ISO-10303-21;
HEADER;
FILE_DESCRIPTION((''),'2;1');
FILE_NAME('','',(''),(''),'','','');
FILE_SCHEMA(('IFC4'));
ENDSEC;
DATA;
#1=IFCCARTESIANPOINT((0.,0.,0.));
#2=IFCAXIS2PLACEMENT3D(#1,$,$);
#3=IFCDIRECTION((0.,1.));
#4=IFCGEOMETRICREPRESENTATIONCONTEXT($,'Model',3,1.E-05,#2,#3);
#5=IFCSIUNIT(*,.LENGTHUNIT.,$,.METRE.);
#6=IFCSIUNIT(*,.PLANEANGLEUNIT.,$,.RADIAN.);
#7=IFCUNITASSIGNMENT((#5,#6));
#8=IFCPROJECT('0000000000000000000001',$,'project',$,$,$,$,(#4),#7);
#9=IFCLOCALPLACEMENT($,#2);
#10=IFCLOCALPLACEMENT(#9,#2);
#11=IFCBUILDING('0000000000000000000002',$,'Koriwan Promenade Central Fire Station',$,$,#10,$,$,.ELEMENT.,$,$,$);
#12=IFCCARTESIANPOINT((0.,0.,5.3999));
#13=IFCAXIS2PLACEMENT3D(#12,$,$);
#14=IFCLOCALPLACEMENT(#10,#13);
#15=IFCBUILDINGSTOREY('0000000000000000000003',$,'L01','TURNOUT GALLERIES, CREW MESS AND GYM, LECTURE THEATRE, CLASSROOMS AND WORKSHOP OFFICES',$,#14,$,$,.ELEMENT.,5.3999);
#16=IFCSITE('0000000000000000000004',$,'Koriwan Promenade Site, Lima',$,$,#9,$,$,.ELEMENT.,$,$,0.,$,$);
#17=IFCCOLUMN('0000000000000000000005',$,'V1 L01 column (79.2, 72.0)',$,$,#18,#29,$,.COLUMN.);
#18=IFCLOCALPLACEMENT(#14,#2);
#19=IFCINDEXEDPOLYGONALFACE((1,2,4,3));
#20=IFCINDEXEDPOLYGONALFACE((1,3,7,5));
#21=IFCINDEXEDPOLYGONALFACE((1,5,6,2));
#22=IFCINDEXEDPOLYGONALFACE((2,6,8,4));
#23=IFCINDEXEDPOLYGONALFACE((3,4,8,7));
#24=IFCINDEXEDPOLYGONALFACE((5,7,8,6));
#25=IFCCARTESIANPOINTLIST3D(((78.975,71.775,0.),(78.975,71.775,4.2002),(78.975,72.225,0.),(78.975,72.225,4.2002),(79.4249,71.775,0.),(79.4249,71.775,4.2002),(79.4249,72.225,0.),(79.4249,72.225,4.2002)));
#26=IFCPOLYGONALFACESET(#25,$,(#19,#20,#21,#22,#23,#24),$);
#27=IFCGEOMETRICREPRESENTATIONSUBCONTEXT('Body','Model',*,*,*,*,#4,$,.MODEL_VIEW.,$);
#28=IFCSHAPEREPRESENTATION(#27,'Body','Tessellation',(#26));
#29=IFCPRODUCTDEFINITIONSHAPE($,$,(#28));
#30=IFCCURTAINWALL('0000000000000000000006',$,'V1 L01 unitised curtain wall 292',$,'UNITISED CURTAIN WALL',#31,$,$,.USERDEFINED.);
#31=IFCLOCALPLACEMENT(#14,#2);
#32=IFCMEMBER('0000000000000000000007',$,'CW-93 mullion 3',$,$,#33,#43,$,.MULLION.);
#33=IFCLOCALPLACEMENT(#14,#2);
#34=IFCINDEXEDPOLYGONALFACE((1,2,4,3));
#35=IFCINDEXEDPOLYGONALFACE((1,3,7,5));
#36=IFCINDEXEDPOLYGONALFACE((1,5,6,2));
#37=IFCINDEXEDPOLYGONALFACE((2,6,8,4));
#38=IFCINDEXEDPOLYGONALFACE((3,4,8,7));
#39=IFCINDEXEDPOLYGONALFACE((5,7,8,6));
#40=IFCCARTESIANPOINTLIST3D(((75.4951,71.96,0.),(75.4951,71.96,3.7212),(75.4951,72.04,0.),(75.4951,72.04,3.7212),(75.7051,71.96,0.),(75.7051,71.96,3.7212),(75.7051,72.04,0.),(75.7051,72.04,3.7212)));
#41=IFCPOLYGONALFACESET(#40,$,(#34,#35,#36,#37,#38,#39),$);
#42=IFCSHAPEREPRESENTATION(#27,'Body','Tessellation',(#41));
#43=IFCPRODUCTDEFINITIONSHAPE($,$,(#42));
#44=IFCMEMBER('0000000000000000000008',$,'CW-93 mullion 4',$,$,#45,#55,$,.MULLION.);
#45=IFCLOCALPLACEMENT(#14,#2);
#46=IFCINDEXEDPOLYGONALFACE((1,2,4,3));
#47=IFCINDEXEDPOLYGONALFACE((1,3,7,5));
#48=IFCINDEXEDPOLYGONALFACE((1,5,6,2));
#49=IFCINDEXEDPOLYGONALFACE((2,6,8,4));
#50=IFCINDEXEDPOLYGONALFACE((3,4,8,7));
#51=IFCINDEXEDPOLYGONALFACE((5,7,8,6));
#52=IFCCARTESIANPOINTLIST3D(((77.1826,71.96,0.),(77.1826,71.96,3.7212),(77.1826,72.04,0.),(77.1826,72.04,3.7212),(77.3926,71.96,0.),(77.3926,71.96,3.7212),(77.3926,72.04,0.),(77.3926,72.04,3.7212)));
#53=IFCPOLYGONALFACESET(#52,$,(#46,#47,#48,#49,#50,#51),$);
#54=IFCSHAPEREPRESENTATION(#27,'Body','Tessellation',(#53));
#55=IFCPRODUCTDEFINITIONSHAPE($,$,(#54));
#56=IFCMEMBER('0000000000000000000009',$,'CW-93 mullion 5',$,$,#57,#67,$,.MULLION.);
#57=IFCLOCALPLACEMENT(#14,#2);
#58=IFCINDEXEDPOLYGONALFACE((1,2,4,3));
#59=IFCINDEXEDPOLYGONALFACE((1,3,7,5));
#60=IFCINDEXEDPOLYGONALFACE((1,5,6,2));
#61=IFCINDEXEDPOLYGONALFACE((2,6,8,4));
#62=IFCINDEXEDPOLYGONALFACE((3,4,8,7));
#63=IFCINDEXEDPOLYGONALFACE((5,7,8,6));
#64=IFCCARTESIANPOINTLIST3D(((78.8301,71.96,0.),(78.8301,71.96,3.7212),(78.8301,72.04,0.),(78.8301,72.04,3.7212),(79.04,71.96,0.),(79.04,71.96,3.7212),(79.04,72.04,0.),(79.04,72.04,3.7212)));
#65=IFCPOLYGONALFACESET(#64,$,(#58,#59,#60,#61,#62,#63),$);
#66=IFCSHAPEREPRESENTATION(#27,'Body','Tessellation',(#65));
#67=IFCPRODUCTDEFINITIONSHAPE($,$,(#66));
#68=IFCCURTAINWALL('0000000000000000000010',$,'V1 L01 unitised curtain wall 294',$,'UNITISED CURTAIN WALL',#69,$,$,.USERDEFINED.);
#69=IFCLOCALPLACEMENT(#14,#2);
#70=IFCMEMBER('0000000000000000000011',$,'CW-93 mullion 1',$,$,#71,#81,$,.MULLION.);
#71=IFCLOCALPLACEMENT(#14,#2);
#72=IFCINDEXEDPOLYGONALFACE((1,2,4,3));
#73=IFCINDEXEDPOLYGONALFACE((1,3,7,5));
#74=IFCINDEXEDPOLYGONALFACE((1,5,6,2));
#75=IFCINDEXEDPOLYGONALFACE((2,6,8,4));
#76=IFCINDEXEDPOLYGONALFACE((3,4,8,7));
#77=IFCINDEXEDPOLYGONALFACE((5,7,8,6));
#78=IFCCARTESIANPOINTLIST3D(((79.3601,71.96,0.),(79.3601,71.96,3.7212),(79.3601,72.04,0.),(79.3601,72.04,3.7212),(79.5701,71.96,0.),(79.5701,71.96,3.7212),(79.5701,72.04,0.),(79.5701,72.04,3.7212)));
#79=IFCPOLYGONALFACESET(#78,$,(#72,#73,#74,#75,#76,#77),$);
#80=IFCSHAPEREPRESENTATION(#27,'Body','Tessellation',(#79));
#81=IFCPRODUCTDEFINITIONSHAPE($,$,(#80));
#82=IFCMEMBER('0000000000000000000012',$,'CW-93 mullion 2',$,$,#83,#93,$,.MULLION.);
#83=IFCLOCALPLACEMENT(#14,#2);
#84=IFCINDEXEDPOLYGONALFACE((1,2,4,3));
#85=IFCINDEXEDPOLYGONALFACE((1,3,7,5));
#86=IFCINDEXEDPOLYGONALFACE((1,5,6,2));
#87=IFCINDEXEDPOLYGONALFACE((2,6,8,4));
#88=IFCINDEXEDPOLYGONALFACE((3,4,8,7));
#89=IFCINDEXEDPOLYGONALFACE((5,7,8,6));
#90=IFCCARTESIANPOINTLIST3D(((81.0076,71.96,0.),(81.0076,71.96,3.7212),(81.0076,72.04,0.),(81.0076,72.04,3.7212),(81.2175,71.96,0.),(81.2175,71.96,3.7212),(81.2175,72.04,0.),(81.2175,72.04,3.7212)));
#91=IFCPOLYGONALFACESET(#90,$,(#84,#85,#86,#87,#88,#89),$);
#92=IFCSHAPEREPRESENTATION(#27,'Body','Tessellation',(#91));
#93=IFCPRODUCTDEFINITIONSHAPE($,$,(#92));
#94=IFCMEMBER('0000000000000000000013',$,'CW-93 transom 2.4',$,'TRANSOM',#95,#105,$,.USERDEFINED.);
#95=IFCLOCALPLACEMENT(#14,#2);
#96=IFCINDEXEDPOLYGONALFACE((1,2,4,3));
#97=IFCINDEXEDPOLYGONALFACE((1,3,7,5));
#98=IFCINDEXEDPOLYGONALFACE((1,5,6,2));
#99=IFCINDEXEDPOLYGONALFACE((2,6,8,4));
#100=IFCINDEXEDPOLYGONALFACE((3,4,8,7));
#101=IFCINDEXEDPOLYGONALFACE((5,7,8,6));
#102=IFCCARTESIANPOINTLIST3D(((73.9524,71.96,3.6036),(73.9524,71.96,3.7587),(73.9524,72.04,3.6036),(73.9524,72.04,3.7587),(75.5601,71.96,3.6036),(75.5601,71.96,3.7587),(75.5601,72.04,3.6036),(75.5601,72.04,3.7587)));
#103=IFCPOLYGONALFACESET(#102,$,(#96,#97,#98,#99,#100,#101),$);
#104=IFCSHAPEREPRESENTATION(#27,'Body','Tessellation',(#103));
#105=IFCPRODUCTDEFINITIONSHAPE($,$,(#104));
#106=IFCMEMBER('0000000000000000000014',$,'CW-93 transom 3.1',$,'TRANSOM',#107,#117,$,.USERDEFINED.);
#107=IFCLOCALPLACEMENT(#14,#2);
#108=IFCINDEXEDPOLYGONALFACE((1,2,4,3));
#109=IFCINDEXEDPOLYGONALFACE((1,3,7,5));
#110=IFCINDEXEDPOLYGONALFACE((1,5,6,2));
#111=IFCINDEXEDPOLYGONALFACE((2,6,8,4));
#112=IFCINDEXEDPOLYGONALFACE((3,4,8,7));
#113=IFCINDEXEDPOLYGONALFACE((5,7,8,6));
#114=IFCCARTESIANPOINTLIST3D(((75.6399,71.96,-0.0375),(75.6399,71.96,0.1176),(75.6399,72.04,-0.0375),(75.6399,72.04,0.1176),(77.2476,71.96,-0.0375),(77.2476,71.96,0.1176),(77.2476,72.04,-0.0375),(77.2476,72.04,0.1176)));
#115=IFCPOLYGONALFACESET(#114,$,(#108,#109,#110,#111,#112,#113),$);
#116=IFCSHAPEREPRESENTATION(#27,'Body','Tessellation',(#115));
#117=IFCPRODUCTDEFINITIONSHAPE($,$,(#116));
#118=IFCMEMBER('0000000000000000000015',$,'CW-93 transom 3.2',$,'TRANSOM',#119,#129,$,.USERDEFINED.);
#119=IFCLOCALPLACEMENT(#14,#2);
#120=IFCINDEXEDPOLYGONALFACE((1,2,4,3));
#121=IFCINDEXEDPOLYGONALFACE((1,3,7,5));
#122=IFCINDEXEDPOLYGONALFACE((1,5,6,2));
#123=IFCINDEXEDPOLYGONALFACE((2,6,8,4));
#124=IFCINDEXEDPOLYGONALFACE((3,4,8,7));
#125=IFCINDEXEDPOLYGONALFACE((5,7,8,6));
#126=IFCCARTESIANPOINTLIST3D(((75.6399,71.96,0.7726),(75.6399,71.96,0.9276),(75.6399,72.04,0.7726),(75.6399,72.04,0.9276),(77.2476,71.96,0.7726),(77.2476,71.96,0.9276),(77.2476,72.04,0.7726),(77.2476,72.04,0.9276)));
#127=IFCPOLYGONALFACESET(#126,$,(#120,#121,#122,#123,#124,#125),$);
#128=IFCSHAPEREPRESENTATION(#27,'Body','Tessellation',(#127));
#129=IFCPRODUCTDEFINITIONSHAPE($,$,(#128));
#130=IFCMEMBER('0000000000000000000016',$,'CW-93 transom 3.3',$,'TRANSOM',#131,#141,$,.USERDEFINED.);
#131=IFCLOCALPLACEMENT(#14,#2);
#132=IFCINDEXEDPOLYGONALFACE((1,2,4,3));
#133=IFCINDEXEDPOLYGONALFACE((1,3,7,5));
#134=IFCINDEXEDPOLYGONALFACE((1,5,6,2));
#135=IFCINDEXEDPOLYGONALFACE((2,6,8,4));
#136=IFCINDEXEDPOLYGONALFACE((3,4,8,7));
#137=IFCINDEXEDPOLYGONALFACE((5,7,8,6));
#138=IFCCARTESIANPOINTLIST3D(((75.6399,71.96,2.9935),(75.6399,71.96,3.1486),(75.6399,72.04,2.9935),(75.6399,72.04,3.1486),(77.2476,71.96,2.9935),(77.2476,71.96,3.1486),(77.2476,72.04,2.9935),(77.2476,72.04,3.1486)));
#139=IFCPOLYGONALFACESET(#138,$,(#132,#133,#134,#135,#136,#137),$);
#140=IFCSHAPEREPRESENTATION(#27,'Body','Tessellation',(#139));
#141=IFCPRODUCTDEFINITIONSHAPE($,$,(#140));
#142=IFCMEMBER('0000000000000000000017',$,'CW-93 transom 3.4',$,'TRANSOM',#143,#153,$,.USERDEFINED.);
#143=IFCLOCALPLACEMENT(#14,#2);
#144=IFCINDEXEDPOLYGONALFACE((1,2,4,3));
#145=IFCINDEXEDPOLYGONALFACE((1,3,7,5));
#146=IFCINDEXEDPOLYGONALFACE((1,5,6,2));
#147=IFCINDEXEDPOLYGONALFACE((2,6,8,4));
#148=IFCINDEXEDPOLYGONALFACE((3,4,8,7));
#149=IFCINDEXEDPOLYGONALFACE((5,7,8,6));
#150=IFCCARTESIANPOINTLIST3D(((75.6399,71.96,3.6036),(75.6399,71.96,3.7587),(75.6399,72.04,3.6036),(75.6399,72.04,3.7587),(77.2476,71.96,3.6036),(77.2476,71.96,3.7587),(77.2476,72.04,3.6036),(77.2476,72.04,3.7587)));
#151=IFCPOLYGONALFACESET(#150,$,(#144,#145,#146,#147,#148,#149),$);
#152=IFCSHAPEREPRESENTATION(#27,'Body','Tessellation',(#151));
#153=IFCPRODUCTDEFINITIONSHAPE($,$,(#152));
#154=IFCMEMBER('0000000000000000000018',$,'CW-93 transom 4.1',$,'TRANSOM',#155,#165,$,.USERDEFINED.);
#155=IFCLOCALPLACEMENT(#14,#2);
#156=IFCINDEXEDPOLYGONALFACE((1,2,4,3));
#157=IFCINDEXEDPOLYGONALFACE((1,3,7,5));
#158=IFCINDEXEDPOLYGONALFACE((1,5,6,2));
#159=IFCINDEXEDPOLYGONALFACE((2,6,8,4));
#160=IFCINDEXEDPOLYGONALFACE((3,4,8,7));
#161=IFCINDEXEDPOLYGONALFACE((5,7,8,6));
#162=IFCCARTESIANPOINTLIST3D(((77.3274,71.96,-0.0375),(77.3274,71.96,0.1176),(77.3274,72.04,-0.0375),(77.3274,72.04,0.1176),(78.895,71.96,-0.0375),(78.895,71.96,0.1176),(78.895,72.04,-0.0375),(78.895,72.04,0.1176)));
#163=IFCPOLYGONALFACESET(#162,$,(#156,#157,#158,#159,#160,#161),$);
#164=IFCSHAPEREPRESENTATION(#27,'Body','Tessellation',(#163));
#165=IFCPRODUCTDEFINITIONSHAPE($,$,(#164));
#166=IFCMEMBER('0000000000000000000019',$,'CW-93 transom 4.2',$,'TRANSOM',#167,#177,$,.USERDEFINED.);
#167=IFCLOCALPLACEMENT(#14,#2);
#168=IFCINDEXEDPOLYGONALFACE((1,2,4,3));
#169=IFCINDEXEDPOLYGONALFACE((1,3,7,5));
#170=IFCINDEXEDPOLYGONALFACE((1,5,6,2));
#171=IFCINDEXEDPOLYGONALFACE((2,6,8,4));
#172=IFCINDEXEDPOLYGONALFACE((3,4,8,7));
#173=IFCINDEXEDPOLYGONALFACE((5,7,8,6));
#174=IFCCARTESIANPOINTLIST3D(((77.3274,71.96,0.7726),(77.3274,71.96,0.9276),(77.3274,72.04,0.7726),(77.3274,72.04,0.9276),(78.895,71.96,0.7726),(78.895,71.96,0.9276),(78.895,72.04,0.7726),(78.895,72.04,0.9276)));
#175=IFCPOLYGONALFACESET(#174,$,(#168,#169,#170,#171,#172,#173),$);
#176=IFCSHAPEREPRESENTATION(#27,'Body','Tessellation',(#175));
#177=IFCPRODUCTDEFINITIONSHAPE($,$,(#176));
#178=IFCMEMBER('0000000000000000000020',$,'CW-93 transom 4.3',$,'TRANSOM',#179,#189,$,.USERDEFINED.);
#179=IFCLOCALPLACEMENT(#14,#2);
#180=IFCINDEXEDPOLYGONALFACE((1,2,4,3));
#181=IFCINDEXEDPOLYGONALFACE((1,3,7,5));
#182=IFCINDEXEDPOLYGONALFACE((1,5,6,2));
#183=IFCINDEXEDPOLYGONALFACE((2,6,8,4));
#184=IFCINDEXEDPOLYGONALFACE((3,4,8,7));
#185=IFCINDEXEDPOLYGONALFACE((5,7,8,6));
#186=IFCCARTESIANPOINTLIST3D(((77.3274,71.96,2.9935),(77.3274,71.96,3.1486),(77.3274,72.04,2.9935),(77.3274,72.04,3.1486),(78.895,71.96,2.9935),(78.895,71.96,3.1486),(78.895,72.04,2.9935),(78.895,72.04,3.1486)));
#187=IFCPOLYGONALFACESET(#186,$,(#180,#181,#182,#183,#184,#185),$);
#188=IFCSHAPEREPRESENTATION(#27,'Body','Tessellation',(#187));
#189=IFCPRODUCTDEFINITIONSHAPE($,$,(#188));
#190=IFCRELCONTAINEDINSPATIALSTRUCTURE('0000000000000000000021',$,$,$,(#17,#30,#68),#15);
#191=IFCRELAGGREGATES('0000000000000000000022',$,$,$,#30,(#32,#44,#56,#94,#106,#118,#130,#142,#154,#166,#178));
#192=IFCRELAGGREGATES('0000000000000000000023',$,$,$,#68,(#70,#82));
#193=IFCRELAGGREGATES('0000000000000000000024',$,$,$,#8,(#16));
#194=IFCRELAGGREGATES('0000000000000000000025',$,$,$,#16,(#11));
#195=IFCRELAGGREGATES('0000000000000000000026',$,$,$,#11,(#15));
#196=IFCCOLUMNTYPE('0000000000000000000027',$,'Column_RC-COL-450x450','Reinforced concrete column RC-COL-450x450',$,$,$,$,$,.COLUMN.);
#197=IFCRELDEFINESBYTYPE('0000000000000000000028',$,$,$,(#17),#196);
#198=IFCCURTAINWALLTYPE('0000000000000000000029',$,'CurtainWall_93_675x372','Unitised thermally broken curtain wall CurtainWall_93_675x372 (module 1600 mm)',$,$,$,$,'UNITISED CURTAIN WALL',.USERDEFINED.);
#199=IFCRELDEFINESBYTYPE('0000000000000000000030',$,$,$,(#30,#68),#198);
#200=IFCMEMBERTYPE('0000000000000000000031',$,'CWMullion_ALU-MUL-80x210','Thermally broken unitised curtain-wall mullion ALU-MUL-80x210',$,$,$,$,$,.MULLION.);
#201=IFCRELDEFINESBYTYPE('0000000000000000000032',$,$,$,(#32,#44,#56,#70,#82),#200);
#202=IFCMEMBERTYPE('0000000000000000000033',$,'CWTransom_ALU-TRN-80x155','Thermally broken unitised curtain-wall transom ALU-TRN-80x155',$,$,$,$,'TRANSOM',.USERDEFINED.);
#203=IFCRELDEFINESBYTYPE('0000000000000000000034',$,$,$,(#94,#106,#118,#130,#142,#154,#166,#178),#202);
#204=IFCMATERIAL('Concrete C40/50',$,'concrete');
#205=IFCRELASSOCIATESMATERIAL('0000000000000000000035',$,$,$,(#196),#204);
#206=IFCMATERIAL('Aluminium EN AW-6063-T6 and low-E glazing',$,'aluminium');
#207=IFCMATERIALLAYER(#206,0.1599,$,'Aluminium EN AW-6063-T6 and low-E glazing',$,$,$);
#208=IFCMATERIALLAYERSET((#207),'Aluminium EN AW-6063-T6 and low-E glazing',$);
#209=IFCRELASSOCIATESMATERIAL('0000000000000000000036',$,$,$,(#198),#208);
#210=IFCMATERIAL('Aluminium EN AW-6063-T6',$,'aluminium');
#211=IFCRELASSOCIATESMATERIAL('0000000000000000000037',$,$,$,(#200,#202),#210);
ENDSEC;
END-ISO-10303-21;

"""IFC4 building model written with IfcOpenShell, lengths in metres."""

from ifc_helpers import new_model, si_unit, direction, frame, origin, origin_2d, place, context, subcontext, project, spatial, rectangle, extrude, material, layer, layer_set, material_profile, profile_set, type_object, element, aggregate, save


model = new_model("IFC4")

# Units and contexts
model_context = context("Model", 3, precision=1e-05, world=origin(), true_north=direction((0.0, 1.0)))
body_context = subcontext(model_context, "Body", "Model", "MODEL_VIEW")
ifc_project = project(units=[si_unit("LENGTHUNIT", "METRE"), si_unit("PLANEANGLEUNIT", "RADIAN")], contexts=[model_context])

# Site, building, storey
site_placement = place(None, origin())
site = spatial("IfcSite", under=ifc_project, at=site_placement, Name="Koriwan Promenade Site, Lima", CompositionType="ELEMENT", RefElevation=0.0)
building_placement = place(site_placement, origin())
building = spatial("IfcBuilding", under=site, at=building_placement, Name="Koriwan Promenade Central Fire Station", CompositionType="ELEMENT")
storey_placement = place(building_placement, frame((0.0, 0.0, 5.3999)))
storey = spatial("IfcBuildingStorey", under=building, at=storey_placement, Name="L01", Description="TURNOUT GALLERIES, CREW MESS AND GYM, LECTURE THEATRE, CLASSROOMS AND WORKSHOP OFFICES", CompositionType="ELEMENT", Elevation=5.3999)

# Column
ifc_material_1 = material(Name="Concrete C40/50", Category="concrete")
ifc_material_profile_1 = material_profile(ifc_material_1, rectangle(XDim=0.45, YDim=0.45, at=origin_2d()), Name="RC-COL-450x450")
ifc_profile_set_1 = profile_set([ifc_material_profile_1], Name="Concrete C40/50")
column_type = type_object("IfcColumnType", Name="Column_RC-COL-450x450", Description="Reinforced concrete column RC-COL-450x450", PredefinedType="COLUMN", material=ifc_profile_set_1)
column_placement = place(storey_placement, frame((79.2, 72.0, 0.0), z_axis=(0.0, 0.0, 1.0), x_axis=(1.0, 0.0, 0.0)))
element("IfcColumn", 1, at=column_placement, inside=storey, type_object=column_type, Name="V1 L01 column (79.2, 72.0)", PredefinedType="COLUMN", context=body_context, shape_type="SweptSolid", body=[
    extrude(rectangle(XDim=0.45, YDim=0.45, at=origin_2d()), origin(), (0.0, 0.0, 1.0), 4.2002),
])

# Curtain walls, members
ifc_material_2 = material(Name="Aluminium EN AW-6063-T6 and low-E glazing", Category="aluminium")
ifc_layer_1 = layer(ifc_material_2, 0.1599, Name="Aluminium EN AW-6063-T6 and low-E glazing")
ifc_layer_set_1 = layer_set([ifc_layer_1], Name="Aluminium EN AW-6063-T6 and low-E glazing")
curtain_wall_type = type_object("IfcCurtainWallType", Name="CurtainWall_93_675x372", Description="Unitised thermally broken curtain wall CurtainWall_93_675x372 (module 1600 mm)", ElementType="UNITISED CURTAIN WALL", PredefinedType="USERDEFINED", material=ifc_layer_set_1)
curtain_wall_1_placement = place(storey_placement, origin())
curtain_wall_1 = element("IfcCurtainWall", 2, at=curtain_wall_1_placement, inside=storey, type_object=curtain_wall_type, Name="V1 L01 unitised curtain wall 292", ObjectType="UNITISED CURTAIN WALL", PredefinedType="USERDEFINED")
ifc_material_3 = material(Name="Aluminium EN AW-6063-T6", Category="aluminium")
ifc_material_profile_2 = material_profile(ifc_material_3, rectangle(XDim=0.0801, YDim=0.21, at=origin_2d()), Name="ALU-MUL-80x210")
ifc_profile_set_2 = profile_set([ifc_material_profile_2], Name="Aluminium EN AW-6063-T6")
member_type_1 = type_object("IfcMemberType", Name="CWMullion_ALU-MUL-80x210", Description="Thermally broken unitised curtain-wall mullion ALU-MUL-80x210", PredefinedType="MULLION", material=ifc_profile_set_2)
member_1_placement = place(storey_placement, frame((75.6001, 72.0, 0.0), z_axis=(0.0, 0.0, 1.0), x_axis=(0.0, 1.0, 0.0)))
member_1 = element("IfcMember", 3, at=member_1_placement, type_object=member_type_1, Name="CW-93 mullion 3", PredefinedType="MULLION", context=body_context, shape_type="SweptSolid", body=[
    extrude(rectangle(XDim=0.0801, YDim=0.21, at=origin_2d()), origin(), (0.0, 0.0, 1.0), 3.7212),
])
member_2_placement = place(storey_placement, frame((77.2876, 72.0, 0.0), z_axis=(0.0, 0.0, 1.0), x_axis=(0.0, 1.0, 0.0)))
member_2 = element("IfcMember", 4, at=member_2_placement, type_object=member_type_1, Name="CW-93 mullion 4", PredefinedType="MULLION", context=body_context, shape_type="SweptSolid", body=[
    extrude(rectangle(XDim=0.0801, YDim=0.21, at=origin_2d()), origin(), (0.0, 0.0, 1.0), 3.7212),
])
member_3_placement = place(storey_placement, frame((78.9351, 72.0, 0.0), z_axis=(0.0, 0.0, 1.0), x_axis=(0.0, 1.0, 0.0)))
member_3 = element("IfcMember", 5, at=member_3_placement, type_object=member_type_1, Name="CW-93 mullion 5", PredefinedType="MULLION", context=body_context, shape_type="SweptSolid", body=[
    extrude(rectangle(XDim=0.0801, YDim=0.21, at=origin_2d()), origin(), (0.0, 0.0, 1.0), 3.7212),
])
curtain_wall_2_placement = place(storey_placement, origin())
curtain_wall_2 = element("IfcCurtainWall", 6, at=curtain_wall_2_placement, inside=storey, type_object=curtain_wall_type, Name="V1 L01 unitised curtain wall 294", ObjectType="UNITISED CURTAIN WALL", PredefinedType="USERDEFINED")
member_4_placement = place(storey_placement, frame((79.4651, 72.0, 0.0), z_axis=(0.0, 0.0, 1.0), x_axis=(0.0, 1.0, 0.0)))
member_4 = element("IfcMember", 7, at=member_4_placement, type_object=member_type_1, Name="CW-93 mullion 1", PredefinedType="MULLION", context=body_context, shape_type="SweptSolid", body=[
    extrude(rectangle(XDim=0.0801, YDim=0.21, at=origin_2d()), origin(), (0.0, 0.0, 1.0), 3.7212),
])
member_5_placement = place(storey_placement, frame((81.1125, 72.0, 0.0), z_axis=(0.0, 0.0, 1.0), x_axis=(0.0, 1.0, 0.0)))
member_5 = element("IfcMember", 8, at=member_5_placement, type_object=member_type_1, Name="CW-93 mullion 2", PredefinedType="MULLION", context=body_context, shape_type="SweptSolid", body=[
    extrude(rectangle(XDim=0.0801, YDim=0.21, at=origin_2d()), origin(), (0.0, 0.0, 1.0), 3.7212),
])

# Members
ifc_material_profile_3 = material_profile(ifc_material_3, rectangle(XDim=0.0801, YDim=0.155, at=origin_2d()), Name="ALU-TRN-80x155")
ifc_profile_set_3 = profile_set([ifc_material_profile_3], Name="Aluminium EN AW-6063-T6")
member_type_2 = type_object("IfcMemberType", Name="CWTransom_ALU-TRN-80x155", Description="Thermally broken unitised curtain-wall transom ALU-TRN-80x155", ElementType="TRANSOM", PredefinedType="USERDEFINED", material=ifc_profile_set_3)
member_6_placement = place(storey_placement, frame((73.9524, 72.0, 3.6812), z_axis=(1.0, 0.0, 0.0), x_axis=(0.0, 1.0, 0.0)))
member_6 = element("IfcMember", 9, at=member_6_placement, type_object=member_type_2, Name="CW-93 transom 2.4", ObjectType="TRANSOM", PredefinedType="USERDEFINED", context=body_context, shape_type="SweptSolid", body=[
    extrude(rectangle(XDim=0.0801, YDim=0.155, at=origin_2d()), origin(), (0.0, 0.0, 1.0), 1.6077),
])
member_7_placement = place(storey_placement, frame((75.6399, 72.0, 0.04), z_axis=(1.0, 0.0, 0.0), x_axis=(0.0, 1.0, 0.0)))
member_7 = element("IfcMember", 10, at=member_7_placement, type_object=member_type_2, Name="CW-93 transom 3.1", ObjectType="TRANSOM", PredefinedType="USERDEFINED", context=body_context, shape_type="SweptSolid", body=[
    extrude(rectangle(XDim=0.0801, YDim=0.155, at=origin_2d()), origin(), (0.0, 0.0, 1.0), 1.6077),
])
member_8_placement = place(storey_placement, frame((75.6399, 72.0, 0.8501), z_axis=(1.0, 0.0, 0.0), x_axis=(0.0, 1.0, 0.0)))
member_8 = element("IfcMember", 11, at=member_8_placement, type_object=member_type_2, Name="CW-93 transom 3.2", ObjectType="TRANSOM", PredefinedType="USERDEFINED", context=body_context, shape_type="SweptSolid", body=[
    extrude(rectangle(XDim=0.0801, YDim=0.155, at=origin_2d()), origin(), (0.0, 0.0, 1.0), 1.6077),
])
member_9_placement = place(storey_placement, frame((75.6399, 72.0, 3.071), z_axis=(1.0, 0.0, 0.0), x_axis=(0.0, 1.0, 0.0)))
member_9 = element("IfcMember", 12, at=member_9_placement, type_object=member_type_2, Name="CW-93 transom 3.3", ObjectType="TRANSOM", PredefinedType="USERDEFINED", context=body_context, shape_type="SweptSolid", body=[
    extrude(rectangle(XDim=0.0801, YDim=0.155, at=origin_2d()), origin(), (0.0, 0.0, 1.0), 1.6077),
])
member_10_placement = place(storey_placement, frame((75.6399, 72.0, 3.6812), z_axis=(1.0, 0.0, 0.0), x_axis=(0.0, 1.0, 0.0)))
member_10 = element("IfcMember", 13, at=member_10_placement, type_object=member_type_2, Name="CW-93 transom 3.4", ObjectType="TRANSOM", PredefinedType="USERDEFINED", context=body_context, shape_type="SweptSolid", body=[
    extrude(rectangle(XDim=0.0801, YDim=0.155, at=origin_2d()), origin(), (0.0, 0.0, 1.0), 1.6077),
])
member_11_placement = place(storey_placement, frame((77.3274, 72.0, 0.04), z_axis=(1.0, 0.0, 0.0), x_axis=(0.0, 1.0, 0.0)))
member_11 = element("IfcMember", 14, at=member_11_placement, type_object=member_type_2, Name="CW-93 transom 4.1", ObjectType="TRANSOM", PredefinedType="USERDEFINED", context=body_context, shape_type="SweptSolid", body=[
    extrude(rectangle(XDim=0.0801, YDim=0.155, at=origin_2d()), origin(), (0.0, 0.0, 1.0), 1.5676),
])
member_12_placement = place(storey_placement, frame((77.3274, 72.0, 0.8501), z_axis=(1.0, 0.0, 0.0), x_axis=(0.0, 1.0, 0.0)))
member_12 = element("IfcMember", 15, at=member_12_placement, type_object=member_type_2, Name="CW-93 transom 4.2", ObjectType="TRANSOM", PredefinedType="USERDEFINED", context=body_context, shape_type="SweptSolid", body=[
    extrude(rectangle(XDim=0.0801, YDim=0.155, at=origin_2d()), origin(), (0.0, 0.0, 1.0), 1.5676),
])
member_13_placement = place(storey_placement, frame((77.3274, 72.0, 3.071), z_axis=(1.0, 0.0, 0.0), x_axis=(0.0, 1.0, 0.0)))
member_13 = element("IfcMember", 16, at=member_13_placement, type_object=member_type_2, Name="CW-93 transom 4.3", ObjectType="TRANSOM", PredefinedType="USERDEFINED", context=body_context, shape_type="SweptSolid", body=[
    extrude(rectangle(XDim=0.0801, YDim=0.155, at=origin_2d()), origin(), (0.0, 0.0, 1.0), 1.5676),
])

aggregate(curtain_wall_1, [member_1, member_2, member_3, member_6, member_7, member_8, member_9, member_10, member_11, member_12, member_13])
aggregate(curtain_wall_2, [member_4, member_5])

save(model, "model.ifc")
